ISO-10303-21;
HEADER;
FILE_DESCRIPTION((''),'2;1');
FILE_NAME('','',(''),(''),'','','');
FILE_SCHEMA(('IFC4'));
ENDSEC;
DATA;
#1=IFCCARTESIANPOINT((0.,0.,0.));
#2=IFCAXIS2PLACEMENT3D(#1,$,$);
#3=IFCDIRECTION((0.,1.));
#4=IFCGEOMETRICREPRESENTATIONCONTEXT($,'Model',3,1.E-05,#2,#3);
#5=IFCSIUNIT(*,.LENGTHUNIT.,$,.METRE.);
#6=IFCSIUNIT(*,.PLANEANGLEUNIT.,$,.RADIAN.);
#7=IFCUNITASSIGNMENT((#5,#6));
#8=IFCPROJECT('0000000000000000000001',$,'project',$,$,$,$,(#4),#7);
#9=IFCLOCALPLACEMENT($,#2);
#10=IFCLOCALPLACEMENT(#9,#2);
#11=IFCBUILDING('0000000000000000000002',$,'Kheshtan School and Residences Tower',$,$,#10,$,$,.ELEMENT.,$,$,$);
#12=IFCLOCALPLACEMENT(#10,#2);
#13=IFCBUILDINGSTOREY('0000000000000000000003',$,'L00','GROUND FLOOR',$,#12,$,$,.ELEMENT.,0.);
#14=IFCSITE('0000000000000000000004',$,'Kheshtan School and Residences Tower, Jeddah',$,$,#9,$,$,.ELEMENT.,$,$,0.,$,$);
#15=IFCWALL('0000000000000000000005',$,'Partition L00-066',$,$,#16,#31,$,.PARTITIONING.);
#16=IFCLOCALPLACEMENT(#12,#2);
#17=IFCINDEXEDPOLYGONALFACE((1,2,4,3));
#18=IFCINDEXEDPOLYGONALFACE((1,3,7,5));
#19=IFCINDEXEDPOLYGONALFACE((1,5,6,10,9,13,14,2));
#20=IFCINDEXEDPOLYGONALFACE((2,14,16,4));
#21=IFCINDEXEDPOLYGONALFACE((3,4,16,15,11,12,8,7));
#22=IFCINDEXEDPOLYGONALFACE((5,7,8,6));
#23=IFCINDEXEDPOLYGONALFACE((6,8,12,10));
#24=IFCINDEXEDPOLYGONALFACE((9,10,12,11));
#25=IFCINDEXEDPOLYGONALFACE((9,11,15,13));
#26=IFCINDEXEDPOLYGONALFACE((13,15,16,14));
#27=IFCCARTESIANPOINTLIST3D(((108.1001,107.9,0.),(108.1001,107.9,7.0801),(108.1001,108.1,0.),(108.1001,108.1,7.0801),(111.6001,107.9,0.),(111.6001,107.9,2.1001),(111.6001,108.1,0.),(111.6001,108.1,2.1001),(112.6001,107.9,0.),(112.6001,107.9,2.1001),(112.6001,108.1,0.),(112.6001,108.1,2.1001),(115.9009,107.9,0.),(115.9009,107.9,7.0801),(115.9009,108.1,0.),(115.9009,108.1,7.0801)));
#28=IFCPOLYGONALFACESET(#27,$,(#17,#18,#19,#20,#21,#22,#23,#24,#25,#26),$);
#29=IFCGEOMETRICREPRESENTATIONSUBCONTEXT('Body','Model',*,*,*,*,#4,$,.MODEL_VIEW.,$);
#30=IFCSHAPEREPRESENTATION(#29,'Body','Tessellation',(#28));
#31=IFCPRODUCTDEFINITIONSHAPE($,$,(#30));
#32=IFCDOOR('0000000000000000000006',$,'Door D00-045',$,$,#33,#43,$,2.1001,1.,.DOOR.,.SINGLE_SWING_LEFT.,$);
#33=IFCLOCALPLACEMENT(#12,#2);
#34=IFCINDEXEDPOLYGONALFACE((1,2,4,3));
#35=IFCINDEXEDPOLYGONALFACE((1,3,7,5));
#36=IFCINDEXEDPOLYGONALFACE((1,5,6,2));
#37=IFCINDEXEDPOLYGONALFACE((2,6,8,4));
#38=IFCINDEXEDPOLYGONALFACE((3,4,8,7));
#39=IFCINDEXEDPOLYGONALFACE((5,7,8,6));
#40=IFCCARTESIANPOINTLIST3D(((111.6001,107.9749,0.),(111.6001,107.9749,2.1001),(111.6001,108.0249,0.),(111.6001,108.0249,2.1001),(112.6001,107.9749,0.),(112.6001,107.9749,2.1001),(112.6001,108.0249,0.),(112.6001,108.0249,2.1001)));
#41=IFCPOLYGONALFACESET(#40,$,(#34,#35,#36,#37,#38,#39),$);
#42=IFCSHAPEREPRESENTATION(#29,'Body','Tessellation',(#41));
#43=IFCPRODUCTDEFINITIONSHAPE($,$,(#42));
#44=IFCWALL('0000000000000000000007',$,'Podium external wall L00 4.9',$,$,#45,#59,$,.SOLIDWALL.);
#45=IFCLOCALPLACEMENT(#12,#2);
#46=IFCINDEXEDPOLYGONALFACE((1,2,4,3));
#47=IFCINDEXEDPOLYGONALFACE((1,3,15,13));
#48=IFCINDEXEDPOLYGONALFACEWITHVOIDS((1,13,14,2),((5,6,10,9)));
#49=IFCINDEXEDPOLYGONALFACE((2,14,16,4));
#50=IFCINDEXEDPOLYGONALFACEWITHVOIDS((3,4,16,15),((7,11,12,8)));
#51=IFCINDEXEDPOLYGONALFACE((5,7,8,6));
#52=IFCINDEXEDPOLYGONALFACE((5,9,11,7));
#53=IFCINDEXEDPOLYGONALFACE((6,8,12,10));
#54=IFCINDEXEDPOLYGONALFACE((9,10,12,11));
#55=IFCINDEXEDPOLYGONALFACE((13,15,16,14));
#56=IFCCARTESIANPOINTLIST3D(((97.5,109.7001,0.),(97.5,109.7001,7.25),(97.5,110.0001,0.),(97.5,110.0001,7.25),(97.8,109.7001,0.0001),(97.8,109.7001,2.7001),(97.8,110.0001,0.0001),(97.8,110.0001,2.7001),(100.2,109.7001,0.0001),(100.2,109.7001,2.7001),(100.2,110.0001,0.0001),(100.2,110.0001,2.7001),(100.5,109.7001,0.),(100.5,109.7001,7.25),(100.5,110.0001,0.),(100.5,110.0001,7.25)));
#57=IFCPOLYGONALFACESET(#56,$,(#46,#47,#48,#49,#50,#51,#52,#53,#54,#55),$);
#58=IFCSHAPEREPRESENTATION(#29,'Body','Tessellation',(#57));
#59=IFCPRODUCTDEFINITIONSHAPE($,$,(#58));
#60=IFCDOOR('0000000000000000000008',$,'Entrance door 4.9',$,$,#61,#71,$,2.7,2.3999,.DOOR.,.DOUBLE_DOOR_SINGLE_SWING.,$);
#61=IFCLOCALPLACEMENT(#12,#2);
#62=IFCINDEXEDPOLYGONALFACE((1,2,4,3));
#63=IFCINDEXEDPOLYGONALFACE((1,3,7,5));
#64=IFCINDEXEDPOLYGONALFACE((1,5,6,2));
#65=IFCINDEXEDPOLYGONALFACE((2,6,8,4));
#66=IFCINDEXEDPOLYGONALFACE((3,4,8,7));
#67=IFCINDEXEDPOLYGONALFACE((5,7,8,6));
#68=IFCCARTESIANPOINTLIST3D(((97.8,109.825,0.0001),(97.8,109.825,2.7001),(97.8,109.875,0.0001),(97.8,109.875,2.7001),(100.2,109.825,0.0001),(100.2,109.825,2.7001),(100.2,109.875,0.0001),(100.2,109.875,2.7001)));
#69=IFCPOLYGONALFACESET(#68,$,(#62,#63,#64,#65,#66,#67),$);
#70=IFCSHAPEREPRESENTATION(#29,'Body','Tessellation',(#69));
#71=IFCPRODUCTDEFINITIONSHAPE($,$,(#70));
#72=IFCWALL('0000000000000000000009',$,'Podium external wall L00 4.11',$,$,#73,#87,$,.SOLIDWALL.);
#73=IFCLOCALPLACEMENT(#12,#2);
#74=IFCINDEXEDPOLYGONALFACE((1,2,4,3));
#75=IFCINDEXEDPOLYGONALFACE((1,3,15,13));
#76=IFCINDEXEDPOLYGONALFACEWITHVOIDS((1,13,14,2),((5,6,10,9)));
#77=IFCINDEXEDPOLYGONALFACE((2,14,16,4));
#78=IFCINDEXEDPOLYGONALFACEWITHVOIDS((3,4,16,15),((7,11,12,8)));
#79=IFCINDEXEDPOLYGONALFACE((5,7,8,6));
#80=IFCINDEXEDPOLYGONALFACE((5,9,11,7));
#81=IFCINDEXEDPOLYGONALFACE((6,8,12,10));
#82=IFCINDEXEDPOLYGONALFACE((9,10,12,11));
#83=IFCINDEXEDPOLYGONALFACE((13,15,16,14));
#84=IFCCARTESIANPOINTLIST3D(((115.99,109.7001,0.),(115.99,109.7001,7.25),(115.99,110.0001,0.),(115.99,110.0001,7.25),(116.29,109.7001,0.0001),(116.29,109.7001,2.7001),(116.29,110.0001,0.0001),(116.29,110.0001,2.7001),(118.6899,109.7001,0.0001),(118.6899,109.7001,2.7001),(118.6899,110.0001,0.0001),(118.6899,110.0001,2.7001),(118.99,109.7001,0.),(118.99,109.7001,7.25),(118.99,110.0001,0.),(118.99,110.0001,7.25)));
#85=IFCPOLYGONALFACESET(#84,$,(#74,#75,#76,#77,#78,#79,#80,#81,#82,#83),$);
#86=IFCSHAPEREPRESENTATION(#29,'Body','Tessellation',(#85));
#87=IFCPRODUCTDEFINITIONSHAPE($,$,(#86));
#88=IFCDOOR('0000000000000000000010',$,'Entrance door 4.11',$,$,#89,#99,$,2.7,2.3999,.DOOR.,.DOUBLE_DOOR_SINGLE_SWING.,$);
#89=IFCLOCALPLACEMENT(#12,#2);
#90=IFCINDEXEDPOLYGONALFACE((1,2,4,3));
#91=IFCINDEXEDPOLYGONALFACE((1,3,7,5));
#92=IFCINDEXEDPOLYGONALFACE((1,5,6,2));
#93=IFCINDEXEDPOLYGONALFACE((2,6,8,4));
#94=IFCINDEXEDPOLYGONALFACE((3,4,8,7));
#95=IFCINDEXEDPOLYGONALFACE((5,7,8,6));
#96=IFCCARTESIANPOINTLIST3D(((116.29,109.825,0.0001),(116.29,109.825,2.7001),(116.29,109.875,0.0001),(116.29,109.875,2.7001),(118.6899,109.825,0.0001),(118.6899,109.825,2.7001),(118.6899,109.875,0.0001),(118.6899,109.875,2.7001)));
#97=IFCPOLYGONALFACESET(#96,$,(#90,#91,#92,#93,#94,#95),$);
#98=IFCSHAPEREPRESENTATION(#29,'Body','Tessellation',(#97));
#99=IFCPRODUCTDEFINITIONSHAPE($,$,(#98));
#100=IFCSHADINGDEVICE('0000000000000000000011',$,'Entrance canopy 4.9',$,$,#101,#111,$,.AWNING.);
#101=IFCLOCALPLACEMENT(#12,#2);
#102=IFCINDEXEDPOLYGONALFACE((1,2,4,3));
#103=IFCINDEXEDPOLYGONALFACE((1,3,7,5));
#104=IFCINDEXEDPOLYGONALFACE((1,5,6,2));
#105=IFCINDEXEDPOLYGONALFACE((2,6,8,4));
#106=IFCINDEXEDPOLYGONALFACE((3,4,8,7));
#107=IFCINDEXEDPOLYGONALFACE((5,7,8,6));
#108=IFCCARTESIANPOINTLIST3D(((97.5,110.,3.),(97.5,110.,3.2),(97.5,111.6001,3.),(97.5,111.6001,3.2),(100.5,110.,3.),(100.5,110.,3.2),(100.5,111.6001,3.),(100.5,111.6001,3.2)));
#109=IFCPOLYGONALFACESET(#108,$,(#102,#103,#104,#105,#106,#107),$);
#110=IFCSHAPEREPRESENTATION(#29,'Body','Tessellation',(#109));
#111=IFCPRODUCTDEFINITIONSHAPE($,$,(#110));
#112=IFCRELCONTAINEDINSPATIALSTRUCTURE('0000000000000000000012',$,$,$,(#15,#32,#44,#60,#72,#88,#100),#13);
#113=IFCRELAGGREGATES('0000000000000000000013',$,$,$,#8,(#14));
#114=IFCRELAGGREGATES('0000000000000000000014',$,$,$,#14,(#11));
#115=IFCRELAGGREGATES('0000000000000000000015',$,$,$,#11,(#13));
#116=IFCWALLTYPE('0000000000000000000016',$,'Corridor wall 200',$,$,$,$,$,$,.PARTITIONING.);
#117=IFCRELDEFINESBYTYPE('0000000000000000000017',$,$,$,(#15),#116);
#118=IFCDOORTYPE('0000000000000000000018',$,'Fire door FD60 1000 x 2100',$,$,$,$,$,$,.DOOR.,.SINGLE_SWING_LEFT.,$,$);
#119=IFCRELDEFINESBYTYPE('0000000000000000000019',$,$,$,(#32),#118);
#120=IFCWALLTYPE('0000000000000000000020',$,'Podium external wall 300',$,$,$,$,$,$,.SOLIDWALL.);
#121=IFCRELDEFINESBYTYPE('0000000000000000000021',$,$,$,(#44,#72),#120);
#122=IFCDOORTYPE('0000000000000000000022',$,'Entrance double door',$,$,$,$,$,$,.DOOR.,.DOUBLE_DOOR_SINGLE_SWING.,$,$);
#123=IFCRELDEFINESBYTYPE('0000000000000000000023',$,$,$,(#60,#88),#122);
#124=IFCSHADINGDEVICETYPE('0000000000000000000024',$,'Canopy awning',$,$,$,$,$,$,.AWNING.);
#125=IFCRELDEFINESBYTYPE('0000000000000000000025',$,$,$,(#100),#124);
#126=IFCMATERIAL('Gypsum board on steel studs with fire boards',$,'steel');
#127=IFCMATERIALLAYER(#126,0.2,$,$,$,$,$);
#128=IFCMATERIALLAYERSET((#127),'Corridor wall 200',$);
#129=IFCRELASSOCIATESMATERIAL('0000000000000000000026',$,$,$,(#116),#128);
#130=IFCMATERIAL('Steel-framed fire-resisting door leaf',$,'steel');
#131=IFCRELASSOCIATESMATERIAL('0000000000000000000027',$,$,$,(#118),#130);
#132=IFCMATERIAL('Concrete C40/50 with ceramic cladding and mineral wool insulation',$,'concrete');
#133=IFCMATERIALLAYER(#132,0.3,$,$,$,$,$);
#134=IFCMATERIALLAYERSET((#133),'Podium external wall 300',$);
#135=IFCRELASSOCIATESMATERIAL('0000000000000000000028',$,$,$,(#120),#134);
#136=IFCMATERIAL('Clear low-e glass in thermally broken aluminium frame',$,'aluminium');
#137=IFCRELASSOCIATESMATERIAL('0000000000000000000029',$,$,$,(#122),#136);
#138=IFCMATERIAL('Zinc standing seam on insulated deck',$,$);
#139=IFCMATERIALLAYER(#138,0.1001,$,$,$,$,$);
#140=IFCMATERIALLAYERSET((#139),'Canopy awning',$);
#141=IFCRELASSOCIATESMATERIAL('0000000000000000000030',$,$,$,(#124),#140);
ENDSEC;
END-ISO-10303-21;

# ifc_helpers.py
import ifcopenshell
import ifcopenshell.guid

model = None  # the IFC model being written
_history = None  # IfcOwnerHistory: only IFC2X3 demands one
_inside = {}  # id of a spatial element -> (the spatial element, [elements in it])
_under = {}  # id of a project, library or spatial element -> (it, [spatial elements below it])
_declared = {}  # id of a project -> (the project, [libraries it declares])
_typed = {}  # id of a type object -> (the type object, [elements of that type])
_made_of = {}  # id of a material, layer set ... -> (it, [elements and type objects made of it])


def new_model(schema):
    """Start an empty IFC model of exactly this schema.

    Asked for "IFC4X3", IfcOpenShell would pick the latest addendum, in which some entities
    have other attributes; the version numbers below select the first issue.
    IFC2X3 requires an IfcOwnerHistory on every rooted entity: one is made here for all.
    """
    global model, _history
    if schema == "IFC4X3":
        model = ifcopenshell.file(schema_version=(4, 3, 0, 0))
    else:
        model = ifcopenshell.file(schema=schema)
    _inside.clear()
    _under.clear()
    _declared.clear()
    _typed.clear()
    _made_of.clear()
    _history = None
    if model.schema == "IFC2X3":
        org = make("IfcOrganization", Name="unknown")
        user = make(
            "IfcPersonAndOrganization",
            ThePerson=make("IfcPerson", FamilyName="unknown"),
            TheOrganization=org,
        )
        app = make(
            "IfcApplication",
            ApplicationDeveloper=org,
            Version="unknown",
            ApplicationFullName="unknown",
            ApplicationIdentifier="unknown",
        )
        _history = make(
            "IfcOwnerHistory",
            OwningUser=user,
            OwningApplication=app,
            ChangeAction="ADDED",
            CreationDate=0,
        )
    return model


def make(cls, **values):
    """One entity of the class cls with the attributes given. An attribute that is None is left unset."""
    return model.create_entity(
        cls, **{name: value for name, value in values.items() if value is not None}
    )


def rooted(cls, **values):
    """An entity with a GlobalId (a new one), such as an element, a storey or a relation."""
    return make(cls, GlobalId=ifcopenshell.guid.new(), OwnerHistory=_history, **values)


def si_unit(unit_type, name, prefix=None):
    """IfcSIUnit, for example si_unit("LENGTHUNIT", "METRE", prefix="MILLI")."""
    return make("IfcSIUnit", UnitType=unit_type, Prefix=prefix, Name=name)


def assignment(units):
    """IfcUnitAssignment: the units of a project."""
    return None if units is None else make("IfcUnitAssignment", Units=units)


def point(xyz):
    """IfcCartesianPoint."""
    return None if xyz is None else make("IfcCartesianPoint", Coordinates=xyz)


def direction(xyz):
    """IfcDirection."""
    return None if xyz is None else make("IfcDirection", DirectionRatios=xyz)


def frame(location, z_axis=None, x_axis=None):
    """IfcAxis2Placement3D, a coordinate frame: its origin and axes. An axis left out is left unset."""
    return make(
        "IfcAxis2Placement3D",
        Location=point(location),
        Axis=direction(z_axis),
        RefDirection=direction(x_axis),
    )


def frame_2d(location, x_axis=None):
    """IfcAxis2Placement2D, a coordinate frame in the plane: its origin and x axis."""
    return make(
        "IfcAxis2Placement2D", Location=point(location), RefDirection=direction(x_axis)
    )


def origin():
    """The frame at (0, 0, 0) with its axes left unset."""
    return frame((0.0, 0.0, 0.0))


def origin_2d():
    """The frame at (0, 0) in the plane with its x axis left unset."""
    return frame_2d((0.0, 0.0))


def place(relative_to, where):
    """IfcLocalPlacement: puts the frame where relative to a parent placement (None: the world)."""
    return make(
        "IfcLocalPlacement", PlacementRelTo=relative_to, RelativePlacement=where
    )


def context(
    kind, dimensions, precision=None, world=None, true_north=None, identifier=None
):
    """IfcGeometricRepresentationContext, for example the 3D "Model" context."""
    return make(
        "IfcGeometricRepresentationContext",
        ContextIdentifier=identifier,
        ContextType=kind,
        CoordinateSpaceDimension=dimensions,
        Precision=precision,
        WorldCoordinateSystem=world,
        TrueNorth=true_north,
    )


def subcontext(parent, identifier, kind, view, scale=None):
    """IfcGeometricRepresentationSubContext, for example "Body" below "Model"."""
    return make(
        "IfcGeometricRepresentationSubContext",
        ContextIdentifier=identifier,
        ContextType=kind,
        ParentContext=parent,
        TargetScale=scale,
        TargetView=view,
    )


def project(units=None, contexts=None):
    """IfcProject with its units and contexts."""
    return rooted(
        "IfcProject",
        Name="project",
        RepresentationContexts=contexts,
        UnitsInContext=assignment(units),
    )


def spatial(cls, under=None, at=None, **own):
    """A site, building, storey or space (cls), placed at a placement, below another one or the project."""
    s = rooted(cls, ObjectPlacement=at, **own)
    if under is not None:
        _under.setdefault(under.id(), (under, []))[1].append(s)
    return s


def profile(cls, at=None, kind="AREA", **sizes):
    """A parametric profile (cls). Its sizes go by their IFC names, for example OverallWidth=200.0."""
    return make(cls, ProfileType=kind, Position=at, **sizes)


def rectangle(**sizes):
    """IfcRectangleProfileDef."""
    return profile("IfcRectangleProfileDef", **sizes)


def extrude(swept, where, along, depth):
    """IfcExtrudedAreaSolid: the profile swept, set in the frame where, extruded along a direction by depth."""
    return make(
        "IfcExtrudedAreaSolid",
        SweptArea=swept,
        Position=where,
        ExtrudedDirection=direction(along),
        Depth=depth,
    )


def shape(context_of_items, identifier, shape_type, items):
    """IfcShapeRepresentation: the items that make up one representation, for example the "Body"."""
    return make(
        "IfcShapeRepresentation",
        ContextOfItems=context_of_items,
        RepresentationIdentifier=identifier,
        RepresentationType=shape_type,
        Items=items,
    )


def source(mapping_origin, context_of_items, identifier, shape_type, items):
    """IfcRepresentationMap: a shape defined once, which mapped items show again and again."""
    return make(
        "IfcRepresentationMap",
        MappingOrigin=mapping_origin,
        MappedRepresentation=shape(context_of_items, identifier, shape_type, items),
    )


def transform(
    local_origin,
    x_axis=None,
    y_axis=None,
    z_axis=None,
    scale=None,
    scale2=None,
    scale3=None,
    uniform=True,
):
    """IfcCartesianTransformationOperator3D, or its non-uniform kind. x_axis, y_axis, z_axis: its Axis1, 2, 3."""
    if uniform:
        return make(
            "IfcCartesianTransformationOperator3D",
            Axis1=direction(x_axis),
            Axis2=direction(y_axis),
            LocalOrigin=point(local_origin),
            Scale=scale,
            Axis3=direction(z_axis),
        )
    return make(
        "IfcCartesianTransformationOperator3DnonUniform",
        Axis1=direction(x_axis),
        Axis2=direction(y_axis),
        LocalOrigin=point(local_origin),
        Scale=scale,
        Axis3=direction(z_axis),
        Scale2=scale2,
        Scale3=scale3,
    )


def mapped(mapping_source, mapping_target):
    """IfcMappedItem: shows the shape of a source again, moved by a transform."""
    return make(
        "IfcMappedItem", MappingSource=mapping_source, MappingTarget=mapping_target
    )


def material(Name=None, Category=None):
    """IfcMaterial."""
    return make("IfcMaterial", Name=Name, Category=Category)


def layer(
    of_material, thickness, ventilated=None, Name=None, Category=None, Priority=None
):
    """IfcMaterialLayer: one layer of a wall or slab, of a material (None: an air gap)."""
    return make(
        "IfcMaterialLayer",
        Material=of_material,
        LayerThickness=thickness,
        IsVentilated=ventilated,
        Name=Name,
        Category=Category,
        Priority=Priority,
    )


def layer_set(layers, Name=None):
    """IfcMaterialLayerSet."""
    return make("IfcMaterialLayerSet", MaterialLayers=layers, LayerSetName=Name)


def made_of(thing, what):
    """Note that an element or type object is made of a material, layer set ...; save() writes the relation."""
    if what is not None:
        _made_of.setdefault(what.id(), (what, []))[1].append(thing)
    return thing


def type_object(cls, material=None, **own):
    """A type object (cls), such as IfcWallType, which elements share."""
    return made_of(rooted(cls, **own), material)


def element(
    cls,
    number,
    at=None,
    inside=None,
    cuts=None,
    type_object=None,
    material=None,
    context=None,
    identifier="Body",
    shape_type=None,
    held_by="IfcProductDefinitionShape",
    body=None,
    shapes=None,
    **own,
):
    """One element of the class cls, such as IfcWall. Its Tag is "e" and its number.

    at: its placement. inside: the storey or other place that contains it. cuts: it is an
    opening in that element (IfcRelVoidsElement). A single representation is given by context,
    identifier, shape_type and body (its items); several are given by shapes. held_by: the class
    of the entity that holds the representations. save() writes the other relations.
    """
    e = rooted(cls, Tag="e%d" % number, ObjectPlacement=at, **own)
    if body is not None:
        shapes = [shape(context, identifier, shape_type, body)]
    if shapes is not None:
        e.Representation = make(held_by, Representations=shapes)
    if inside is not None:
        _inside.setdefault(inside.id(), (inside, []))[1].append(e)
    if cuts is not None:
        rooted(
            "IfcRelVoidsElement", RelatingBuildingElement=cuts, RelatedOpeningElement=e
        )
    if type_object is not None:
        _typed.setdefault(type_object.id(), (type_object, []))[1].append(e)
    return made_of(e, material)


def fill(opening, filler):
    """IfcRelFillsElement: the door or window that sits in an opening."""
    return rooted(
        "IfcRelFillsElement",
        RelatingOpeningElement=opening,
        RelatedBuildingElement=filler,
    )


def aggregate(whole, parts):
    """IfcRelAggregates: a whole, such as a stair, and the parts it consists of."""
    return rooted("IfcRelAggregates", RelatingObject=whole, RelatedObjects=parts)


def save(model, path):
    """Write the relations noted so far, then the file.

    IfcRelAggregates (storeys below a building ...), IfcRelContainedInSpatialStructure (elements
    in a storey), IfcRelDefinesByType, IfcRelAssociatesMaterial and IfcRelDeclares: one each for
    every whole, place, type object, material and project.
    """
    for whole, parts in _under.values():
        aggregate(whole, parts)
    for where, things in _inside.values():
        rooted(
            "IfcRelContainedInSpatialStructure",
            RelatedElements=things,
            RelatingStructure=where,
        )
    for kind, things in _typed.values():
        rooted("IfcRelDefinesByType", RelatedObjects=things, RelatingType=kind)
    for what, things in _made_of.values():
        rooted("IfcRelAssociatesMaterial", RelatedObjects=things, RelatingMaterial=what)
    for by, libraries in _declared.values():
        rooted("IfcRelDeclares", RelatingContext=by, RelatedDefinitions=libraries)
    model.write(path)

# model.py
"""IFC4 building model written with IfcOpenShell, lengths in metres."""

from ifc_helpers import new_model, si_unit, direction, frame, frame_2d, origin, origin_2d, place, context, subcontext, project, spatial, rectangle, extrude, source, transform, mapped, material, layer, layer_set, type_object, element, fill, save


model = new_model("IFC4")

# Units and contexts
model_context = context("Model", 3, precision=1e-05, world=origin(), true_north=direction((0.0, 1.0)))
body_context = subcontext(model_context, "Body", "Model", "MODEL_VIEW")
ifc_project = project(units=[si_unit("LENGTHUNIT", "METRE"), si_unit("PLANEANGLEUNIT", "RADIAN")], contexts=[model_context])

# Site, building, storey
site_placement = place(None, origin())
site = spatial("IfcSite", under=ifc_project, at=site_placement, Name="Kheshtan School and Residences Tower, Jeddah", CompositionType="ELEMENT", RefElevation=0.0)
building_placement = place(site_placement, origin())
building = spatial("IfcBuilding", under=site, at=building_placement, Name="Kheshtan School and Residences Tower", CompositionType="ELEMENT")
storey_placement = place(building_placement, origin())
storey = spatial("IfcBuildingStorey", under=building, at=storey_placement, Name="L00", Description="GROUND FLOOR", CompositionType="ELEMENT", Elevation=0.0)

# Shared definitions
ifc_material_1 = material(Name="Clear low-e glass in thermally broken aluminium frame", Category="aluminium")

# Walls, openings, doors
ifc_material_2 = material(Name="Gypsum board on steel studs with fire boards", Category="steel")
ifc_layer_1 = layer(ifc_material_2, 0.2)
ifc_layer_set_1 = layer_set([ifc_layer_1], Name="Corridor wall 200")
wall_type_1 = type_object("IfcWallType", Name="Corridor wall 200", PredefinedType="PARTITIONING", material=ifc_layer_set_1)
wall_1_placement = place(storey_placement, frame((108.1001, 108.0, 0.0), z_axis=(0.0, 0.0, 1.0), x_axis=(1.0, 0.0, 0.0)))
wall_1 = element("IfcWall", 1, at=wall_1_placement, inside=storey, type_object=wall_type_1, Name="Partition L00-066", PredefinedType="PARTITIONING", context=body_context, shape_type="SweptSolid", body=[
    extrude(rectangle(XDim=7.8008, YDim=0.2, at=frame_2d((3.9004, 0.0))), origin(), (0.0, 0.0, 1.0), 7.0801),
])
opening_1_placement = place(wall_1_placement, frame((3.5, 0.0, 0.0)))
opening_1 = element("IfcOpeningElement", 2, at=opening_1_placement, cuts=wall_1, PredefinedType="OPENING", context=body_context, shape_type="SweptSolid", body=[
    extrude(rectangle(XDim=1.0, YDim=2.1001, at=frame_2d((0.5, 1.05))), frame((0.0, 0.1099, 0.0), z_axis=(0.0, -1.0, 0.0), x_axis=(1.0, 0.0, 0.0)), (0.0, 0.0, 1.0), 0.22),
])
ifc_material_3 = material(Name="Steel-framed fire-resisting door leaf", Category="steel")
door_type_1 = type_object("IfcDoorType", Name="Fire door FD60 1000 x 2100", OperationType="SINGLE_SWING_LEFT", PredefinedType="DOOR", material=ifc_material_3)
shared_shape_1 = source(origin(), body_context, "Body", "SweptSolid", [
    extrude(rectangle(XDim=1.0, YDim=2.1001, at=frame_2d((0.5, 1.05))), frame((0.0, 0.0249, 0.0), z_axis=(0.0, -1.0, 0.0), x_axis=(1.0, 0.0, 0.0)), (0.0, 0.0, 1.0), 0.05),
])
door_1_placement = place(opening_1_placement, origin())
door_1 = element("IfcDoor", 3, at=door_1_placement, inside=storey, type_object=door_type_1, Name="Door D00-045", OperationType="SINGLE_SWING_LEFT", OverallHeight=2.1001, OverallWidth=1.0, PredefinedType="DOOR", context=body_context, shape_type="MappedRepresentation", body=[
    mapped(shared_shape_1, transform((0.0, 0.0, 0.0), x_axis=(1.0, 0.0, 0.0), y_axis=(0.0, 1.0, 0.0), z_axis=(0.0, 0.0, 1.0), scale=1.0)),
])
fill(opening_1, door_1)
ifc_material_4 = material(Name="Concrete C40/50 with ceramic cladding and mineral wool insulation", Category="concrete")
ifc_layer_2 = layer(ifc_material_4, 0.3)
ifc_layer_set_2 = layer_set([ifc_layer_2], Name="Podium external wall 300")
wall_type_2 = type_object("IfcWallType", Name="Podium external wall 300", PredefinedType="SOLIDWALL", material=ifc_layer_set_2)
wall_2_placement = place(storey_placement, frame((97.5, 109.8501, 0.0), z_axis=(0.0, 0.0, 1.0), x_axis=(1.0, 0.0, 0.0)))
wall_2 = element("IfcWall", 4, at=wall_2_placement, inside=storey, type_object=wall_type_2, Name="Podium external wall L00 4.9", PredefinedType="SOLIDWALL", context=body_context, shape_type="SweptSolid", body=[
    extrude(rectangle(XDim=3.0, YDim=0.3, at=frame_2d((1.5, 0.0))), origin(), (0.0, 0.0, 1.0), 7.25),
])
opening_2_placement = place(wall_2_placement, frame((0.3, 0.0, 0.0)))
opening_2 = element("IfcOpeningElement", 5, at=opening_2_placement, cuts=wall_2, PredefinedType="OPENING", context=body_context, shape_type="SweptSolid", body=[
    extrude(rectangle(XDim=2.3999, YDim=2.7, at=frame_2d((1.2, 1.3501))), frame((0.0, 0.1602, 0.0), z_axis=(0.0, -1.0, 0.0), x_axis=(1.0, 0.0, 0.0)), (0.0, 0.0, 1.0), 0.3201),
])
door_type_2 = type_object("IfcDoorType", Name="Entrance double door", OperationType="DOUBLE_DOOR_SINGLE_SWING", PredefinedType="DOOR", material=ifc_material_1)
shared_shape_2 = source(origin(), body_context, "Body", "SweptSolid", [
    extrude(rectangle(XDim=2.3999, YDim=2.7, at=frame_2d((1.2, 1.3501))), frame((0.0, 0.0249, 0.0), z_axis=(0.0, -1.0, 0.0), x_axis=(1.0, 0.0, 0.0)), (0.0, 0.0, 1.0), 0.05),
])
door_2_placement = place(opening_2_placement, origin())
door_2 = element("IfcDoor", 6, at=door_2_placement, inside=storey, type_object=door_type_2, Name="Entrance door 4.9", OperationType="DOUBLE_DOOR_SINGLE_SWING", OverallHeight=2.7, OverallWidth=2.3999, PredefinedType="DOOR", context=body_context, shape_type="MappedRepresentation", body=[
    mapped(shared_shape_2, transform((0.0, 0.0, 0.0), x_axis=(1.0, 0.0, 0.0), y_axis=(0.0, 1.0, 0.0), z_axis=(0.0, 0.0, 1.0), scale=1.0)),
])
fill(opening_2, door_2)
wall_3_placement = place(storey_placement, frame((115.99, 109.8501, 0.0), z_axis=(0.0, 0.0, 1.0), x_axis=(1.0, 0.0, 0.0)))
wall_3 = element("IfcWall", 7, at=wall_3_placement, inside=storey, type_object=wall_type_2, Name="Podium external wall L00 4.11", PredefinedType="SOLIDWALL", context=body_context, shape_type="SweptSolid", body=[
    extrude(rectangle(XDim=3.0, YDim=0.3, at=frame_2d((1.5, 0.0))), origin(), (0.0, 0.0, 1.0), 7.25),
])
opening_3_placement = place(wall_3_placement, frame((0.3, 0.0, 0.0)))
opening_3 = element("IfcOpeningElement", 8, at=opening_3_placement, cuts=wall_3, PredefinedType="OPENING", context=body_context, shape_type="SweptSolid", body=[
    extrude(rectangle(XDim=2.3999, YDim=2.7, at=frame_2d((1.2, 1.3501))), frame((0.0, 0.1602, 0.0), z_axis=(0.0, -1.0, 0.0), x_axis=(1.0, 0.0, 0.0)), (0.0, 0.0, 1.0), 0.3201),
])
door_3_placement = place(opening_3_placement, origin())
door_3 = element("IfcDoor", 9, at=door_3_placement, inside=storey, type_object=door_type_2, Name="Entrance door 4.11", OperationType="DOUBLE_DOOR_SINGLE_SWING", OverallHeight=2.7, OverallWidth=2.3999, PredefinedType="DOOR", context=body_context, shape_type="MappedRepresentation", body=[
    mapped(shared_shape_2, transform((0.0, 0.0, 0.0), x_axis=(1.0, 0.0, 0.0), y_axis=(0.0, 1.0, 0.0), z_axis=(0.0, 0.0, 1.0), scale=1.0)),
])
fill(opening_3, door_3)

# Shading device
ifc_material_5 = material(Name="Zinc standing seam on insulated deck")
ifc_layer_3 = layer(ifc_material_5, 0.1001)
ifc_layer_set_3 = layer_set([ifc_layer_3], Name="Canopy awning")
shading_device_type = type_object("IfcShadingDeviceType", Name="Canopy awning", PredefinedType="AWNING", material=ifc_layer_set_3)
shading_device_placement = place(storey_placement, frame((99.0, 110.8, 3.0), z_axis=(0.0, 0.0, 1.0), x_axis=(1.0, 0.0, 0.0)))
element("IfcShadingDevice", 10, at=shading_device_placement, inside=storey, type_object=shading_device_type, Name="Entrance canopy 4.9", PredefinedType="AWNING", context=body_context, shape_type="SweptSolid", body=[
    extrude(rectangle(XDim=3.0, YDim=1.6001, at=origin_2d()), origin(), (0.0, 0.0, 1.0), 0.2),
])

save(model, "model.ifc")
